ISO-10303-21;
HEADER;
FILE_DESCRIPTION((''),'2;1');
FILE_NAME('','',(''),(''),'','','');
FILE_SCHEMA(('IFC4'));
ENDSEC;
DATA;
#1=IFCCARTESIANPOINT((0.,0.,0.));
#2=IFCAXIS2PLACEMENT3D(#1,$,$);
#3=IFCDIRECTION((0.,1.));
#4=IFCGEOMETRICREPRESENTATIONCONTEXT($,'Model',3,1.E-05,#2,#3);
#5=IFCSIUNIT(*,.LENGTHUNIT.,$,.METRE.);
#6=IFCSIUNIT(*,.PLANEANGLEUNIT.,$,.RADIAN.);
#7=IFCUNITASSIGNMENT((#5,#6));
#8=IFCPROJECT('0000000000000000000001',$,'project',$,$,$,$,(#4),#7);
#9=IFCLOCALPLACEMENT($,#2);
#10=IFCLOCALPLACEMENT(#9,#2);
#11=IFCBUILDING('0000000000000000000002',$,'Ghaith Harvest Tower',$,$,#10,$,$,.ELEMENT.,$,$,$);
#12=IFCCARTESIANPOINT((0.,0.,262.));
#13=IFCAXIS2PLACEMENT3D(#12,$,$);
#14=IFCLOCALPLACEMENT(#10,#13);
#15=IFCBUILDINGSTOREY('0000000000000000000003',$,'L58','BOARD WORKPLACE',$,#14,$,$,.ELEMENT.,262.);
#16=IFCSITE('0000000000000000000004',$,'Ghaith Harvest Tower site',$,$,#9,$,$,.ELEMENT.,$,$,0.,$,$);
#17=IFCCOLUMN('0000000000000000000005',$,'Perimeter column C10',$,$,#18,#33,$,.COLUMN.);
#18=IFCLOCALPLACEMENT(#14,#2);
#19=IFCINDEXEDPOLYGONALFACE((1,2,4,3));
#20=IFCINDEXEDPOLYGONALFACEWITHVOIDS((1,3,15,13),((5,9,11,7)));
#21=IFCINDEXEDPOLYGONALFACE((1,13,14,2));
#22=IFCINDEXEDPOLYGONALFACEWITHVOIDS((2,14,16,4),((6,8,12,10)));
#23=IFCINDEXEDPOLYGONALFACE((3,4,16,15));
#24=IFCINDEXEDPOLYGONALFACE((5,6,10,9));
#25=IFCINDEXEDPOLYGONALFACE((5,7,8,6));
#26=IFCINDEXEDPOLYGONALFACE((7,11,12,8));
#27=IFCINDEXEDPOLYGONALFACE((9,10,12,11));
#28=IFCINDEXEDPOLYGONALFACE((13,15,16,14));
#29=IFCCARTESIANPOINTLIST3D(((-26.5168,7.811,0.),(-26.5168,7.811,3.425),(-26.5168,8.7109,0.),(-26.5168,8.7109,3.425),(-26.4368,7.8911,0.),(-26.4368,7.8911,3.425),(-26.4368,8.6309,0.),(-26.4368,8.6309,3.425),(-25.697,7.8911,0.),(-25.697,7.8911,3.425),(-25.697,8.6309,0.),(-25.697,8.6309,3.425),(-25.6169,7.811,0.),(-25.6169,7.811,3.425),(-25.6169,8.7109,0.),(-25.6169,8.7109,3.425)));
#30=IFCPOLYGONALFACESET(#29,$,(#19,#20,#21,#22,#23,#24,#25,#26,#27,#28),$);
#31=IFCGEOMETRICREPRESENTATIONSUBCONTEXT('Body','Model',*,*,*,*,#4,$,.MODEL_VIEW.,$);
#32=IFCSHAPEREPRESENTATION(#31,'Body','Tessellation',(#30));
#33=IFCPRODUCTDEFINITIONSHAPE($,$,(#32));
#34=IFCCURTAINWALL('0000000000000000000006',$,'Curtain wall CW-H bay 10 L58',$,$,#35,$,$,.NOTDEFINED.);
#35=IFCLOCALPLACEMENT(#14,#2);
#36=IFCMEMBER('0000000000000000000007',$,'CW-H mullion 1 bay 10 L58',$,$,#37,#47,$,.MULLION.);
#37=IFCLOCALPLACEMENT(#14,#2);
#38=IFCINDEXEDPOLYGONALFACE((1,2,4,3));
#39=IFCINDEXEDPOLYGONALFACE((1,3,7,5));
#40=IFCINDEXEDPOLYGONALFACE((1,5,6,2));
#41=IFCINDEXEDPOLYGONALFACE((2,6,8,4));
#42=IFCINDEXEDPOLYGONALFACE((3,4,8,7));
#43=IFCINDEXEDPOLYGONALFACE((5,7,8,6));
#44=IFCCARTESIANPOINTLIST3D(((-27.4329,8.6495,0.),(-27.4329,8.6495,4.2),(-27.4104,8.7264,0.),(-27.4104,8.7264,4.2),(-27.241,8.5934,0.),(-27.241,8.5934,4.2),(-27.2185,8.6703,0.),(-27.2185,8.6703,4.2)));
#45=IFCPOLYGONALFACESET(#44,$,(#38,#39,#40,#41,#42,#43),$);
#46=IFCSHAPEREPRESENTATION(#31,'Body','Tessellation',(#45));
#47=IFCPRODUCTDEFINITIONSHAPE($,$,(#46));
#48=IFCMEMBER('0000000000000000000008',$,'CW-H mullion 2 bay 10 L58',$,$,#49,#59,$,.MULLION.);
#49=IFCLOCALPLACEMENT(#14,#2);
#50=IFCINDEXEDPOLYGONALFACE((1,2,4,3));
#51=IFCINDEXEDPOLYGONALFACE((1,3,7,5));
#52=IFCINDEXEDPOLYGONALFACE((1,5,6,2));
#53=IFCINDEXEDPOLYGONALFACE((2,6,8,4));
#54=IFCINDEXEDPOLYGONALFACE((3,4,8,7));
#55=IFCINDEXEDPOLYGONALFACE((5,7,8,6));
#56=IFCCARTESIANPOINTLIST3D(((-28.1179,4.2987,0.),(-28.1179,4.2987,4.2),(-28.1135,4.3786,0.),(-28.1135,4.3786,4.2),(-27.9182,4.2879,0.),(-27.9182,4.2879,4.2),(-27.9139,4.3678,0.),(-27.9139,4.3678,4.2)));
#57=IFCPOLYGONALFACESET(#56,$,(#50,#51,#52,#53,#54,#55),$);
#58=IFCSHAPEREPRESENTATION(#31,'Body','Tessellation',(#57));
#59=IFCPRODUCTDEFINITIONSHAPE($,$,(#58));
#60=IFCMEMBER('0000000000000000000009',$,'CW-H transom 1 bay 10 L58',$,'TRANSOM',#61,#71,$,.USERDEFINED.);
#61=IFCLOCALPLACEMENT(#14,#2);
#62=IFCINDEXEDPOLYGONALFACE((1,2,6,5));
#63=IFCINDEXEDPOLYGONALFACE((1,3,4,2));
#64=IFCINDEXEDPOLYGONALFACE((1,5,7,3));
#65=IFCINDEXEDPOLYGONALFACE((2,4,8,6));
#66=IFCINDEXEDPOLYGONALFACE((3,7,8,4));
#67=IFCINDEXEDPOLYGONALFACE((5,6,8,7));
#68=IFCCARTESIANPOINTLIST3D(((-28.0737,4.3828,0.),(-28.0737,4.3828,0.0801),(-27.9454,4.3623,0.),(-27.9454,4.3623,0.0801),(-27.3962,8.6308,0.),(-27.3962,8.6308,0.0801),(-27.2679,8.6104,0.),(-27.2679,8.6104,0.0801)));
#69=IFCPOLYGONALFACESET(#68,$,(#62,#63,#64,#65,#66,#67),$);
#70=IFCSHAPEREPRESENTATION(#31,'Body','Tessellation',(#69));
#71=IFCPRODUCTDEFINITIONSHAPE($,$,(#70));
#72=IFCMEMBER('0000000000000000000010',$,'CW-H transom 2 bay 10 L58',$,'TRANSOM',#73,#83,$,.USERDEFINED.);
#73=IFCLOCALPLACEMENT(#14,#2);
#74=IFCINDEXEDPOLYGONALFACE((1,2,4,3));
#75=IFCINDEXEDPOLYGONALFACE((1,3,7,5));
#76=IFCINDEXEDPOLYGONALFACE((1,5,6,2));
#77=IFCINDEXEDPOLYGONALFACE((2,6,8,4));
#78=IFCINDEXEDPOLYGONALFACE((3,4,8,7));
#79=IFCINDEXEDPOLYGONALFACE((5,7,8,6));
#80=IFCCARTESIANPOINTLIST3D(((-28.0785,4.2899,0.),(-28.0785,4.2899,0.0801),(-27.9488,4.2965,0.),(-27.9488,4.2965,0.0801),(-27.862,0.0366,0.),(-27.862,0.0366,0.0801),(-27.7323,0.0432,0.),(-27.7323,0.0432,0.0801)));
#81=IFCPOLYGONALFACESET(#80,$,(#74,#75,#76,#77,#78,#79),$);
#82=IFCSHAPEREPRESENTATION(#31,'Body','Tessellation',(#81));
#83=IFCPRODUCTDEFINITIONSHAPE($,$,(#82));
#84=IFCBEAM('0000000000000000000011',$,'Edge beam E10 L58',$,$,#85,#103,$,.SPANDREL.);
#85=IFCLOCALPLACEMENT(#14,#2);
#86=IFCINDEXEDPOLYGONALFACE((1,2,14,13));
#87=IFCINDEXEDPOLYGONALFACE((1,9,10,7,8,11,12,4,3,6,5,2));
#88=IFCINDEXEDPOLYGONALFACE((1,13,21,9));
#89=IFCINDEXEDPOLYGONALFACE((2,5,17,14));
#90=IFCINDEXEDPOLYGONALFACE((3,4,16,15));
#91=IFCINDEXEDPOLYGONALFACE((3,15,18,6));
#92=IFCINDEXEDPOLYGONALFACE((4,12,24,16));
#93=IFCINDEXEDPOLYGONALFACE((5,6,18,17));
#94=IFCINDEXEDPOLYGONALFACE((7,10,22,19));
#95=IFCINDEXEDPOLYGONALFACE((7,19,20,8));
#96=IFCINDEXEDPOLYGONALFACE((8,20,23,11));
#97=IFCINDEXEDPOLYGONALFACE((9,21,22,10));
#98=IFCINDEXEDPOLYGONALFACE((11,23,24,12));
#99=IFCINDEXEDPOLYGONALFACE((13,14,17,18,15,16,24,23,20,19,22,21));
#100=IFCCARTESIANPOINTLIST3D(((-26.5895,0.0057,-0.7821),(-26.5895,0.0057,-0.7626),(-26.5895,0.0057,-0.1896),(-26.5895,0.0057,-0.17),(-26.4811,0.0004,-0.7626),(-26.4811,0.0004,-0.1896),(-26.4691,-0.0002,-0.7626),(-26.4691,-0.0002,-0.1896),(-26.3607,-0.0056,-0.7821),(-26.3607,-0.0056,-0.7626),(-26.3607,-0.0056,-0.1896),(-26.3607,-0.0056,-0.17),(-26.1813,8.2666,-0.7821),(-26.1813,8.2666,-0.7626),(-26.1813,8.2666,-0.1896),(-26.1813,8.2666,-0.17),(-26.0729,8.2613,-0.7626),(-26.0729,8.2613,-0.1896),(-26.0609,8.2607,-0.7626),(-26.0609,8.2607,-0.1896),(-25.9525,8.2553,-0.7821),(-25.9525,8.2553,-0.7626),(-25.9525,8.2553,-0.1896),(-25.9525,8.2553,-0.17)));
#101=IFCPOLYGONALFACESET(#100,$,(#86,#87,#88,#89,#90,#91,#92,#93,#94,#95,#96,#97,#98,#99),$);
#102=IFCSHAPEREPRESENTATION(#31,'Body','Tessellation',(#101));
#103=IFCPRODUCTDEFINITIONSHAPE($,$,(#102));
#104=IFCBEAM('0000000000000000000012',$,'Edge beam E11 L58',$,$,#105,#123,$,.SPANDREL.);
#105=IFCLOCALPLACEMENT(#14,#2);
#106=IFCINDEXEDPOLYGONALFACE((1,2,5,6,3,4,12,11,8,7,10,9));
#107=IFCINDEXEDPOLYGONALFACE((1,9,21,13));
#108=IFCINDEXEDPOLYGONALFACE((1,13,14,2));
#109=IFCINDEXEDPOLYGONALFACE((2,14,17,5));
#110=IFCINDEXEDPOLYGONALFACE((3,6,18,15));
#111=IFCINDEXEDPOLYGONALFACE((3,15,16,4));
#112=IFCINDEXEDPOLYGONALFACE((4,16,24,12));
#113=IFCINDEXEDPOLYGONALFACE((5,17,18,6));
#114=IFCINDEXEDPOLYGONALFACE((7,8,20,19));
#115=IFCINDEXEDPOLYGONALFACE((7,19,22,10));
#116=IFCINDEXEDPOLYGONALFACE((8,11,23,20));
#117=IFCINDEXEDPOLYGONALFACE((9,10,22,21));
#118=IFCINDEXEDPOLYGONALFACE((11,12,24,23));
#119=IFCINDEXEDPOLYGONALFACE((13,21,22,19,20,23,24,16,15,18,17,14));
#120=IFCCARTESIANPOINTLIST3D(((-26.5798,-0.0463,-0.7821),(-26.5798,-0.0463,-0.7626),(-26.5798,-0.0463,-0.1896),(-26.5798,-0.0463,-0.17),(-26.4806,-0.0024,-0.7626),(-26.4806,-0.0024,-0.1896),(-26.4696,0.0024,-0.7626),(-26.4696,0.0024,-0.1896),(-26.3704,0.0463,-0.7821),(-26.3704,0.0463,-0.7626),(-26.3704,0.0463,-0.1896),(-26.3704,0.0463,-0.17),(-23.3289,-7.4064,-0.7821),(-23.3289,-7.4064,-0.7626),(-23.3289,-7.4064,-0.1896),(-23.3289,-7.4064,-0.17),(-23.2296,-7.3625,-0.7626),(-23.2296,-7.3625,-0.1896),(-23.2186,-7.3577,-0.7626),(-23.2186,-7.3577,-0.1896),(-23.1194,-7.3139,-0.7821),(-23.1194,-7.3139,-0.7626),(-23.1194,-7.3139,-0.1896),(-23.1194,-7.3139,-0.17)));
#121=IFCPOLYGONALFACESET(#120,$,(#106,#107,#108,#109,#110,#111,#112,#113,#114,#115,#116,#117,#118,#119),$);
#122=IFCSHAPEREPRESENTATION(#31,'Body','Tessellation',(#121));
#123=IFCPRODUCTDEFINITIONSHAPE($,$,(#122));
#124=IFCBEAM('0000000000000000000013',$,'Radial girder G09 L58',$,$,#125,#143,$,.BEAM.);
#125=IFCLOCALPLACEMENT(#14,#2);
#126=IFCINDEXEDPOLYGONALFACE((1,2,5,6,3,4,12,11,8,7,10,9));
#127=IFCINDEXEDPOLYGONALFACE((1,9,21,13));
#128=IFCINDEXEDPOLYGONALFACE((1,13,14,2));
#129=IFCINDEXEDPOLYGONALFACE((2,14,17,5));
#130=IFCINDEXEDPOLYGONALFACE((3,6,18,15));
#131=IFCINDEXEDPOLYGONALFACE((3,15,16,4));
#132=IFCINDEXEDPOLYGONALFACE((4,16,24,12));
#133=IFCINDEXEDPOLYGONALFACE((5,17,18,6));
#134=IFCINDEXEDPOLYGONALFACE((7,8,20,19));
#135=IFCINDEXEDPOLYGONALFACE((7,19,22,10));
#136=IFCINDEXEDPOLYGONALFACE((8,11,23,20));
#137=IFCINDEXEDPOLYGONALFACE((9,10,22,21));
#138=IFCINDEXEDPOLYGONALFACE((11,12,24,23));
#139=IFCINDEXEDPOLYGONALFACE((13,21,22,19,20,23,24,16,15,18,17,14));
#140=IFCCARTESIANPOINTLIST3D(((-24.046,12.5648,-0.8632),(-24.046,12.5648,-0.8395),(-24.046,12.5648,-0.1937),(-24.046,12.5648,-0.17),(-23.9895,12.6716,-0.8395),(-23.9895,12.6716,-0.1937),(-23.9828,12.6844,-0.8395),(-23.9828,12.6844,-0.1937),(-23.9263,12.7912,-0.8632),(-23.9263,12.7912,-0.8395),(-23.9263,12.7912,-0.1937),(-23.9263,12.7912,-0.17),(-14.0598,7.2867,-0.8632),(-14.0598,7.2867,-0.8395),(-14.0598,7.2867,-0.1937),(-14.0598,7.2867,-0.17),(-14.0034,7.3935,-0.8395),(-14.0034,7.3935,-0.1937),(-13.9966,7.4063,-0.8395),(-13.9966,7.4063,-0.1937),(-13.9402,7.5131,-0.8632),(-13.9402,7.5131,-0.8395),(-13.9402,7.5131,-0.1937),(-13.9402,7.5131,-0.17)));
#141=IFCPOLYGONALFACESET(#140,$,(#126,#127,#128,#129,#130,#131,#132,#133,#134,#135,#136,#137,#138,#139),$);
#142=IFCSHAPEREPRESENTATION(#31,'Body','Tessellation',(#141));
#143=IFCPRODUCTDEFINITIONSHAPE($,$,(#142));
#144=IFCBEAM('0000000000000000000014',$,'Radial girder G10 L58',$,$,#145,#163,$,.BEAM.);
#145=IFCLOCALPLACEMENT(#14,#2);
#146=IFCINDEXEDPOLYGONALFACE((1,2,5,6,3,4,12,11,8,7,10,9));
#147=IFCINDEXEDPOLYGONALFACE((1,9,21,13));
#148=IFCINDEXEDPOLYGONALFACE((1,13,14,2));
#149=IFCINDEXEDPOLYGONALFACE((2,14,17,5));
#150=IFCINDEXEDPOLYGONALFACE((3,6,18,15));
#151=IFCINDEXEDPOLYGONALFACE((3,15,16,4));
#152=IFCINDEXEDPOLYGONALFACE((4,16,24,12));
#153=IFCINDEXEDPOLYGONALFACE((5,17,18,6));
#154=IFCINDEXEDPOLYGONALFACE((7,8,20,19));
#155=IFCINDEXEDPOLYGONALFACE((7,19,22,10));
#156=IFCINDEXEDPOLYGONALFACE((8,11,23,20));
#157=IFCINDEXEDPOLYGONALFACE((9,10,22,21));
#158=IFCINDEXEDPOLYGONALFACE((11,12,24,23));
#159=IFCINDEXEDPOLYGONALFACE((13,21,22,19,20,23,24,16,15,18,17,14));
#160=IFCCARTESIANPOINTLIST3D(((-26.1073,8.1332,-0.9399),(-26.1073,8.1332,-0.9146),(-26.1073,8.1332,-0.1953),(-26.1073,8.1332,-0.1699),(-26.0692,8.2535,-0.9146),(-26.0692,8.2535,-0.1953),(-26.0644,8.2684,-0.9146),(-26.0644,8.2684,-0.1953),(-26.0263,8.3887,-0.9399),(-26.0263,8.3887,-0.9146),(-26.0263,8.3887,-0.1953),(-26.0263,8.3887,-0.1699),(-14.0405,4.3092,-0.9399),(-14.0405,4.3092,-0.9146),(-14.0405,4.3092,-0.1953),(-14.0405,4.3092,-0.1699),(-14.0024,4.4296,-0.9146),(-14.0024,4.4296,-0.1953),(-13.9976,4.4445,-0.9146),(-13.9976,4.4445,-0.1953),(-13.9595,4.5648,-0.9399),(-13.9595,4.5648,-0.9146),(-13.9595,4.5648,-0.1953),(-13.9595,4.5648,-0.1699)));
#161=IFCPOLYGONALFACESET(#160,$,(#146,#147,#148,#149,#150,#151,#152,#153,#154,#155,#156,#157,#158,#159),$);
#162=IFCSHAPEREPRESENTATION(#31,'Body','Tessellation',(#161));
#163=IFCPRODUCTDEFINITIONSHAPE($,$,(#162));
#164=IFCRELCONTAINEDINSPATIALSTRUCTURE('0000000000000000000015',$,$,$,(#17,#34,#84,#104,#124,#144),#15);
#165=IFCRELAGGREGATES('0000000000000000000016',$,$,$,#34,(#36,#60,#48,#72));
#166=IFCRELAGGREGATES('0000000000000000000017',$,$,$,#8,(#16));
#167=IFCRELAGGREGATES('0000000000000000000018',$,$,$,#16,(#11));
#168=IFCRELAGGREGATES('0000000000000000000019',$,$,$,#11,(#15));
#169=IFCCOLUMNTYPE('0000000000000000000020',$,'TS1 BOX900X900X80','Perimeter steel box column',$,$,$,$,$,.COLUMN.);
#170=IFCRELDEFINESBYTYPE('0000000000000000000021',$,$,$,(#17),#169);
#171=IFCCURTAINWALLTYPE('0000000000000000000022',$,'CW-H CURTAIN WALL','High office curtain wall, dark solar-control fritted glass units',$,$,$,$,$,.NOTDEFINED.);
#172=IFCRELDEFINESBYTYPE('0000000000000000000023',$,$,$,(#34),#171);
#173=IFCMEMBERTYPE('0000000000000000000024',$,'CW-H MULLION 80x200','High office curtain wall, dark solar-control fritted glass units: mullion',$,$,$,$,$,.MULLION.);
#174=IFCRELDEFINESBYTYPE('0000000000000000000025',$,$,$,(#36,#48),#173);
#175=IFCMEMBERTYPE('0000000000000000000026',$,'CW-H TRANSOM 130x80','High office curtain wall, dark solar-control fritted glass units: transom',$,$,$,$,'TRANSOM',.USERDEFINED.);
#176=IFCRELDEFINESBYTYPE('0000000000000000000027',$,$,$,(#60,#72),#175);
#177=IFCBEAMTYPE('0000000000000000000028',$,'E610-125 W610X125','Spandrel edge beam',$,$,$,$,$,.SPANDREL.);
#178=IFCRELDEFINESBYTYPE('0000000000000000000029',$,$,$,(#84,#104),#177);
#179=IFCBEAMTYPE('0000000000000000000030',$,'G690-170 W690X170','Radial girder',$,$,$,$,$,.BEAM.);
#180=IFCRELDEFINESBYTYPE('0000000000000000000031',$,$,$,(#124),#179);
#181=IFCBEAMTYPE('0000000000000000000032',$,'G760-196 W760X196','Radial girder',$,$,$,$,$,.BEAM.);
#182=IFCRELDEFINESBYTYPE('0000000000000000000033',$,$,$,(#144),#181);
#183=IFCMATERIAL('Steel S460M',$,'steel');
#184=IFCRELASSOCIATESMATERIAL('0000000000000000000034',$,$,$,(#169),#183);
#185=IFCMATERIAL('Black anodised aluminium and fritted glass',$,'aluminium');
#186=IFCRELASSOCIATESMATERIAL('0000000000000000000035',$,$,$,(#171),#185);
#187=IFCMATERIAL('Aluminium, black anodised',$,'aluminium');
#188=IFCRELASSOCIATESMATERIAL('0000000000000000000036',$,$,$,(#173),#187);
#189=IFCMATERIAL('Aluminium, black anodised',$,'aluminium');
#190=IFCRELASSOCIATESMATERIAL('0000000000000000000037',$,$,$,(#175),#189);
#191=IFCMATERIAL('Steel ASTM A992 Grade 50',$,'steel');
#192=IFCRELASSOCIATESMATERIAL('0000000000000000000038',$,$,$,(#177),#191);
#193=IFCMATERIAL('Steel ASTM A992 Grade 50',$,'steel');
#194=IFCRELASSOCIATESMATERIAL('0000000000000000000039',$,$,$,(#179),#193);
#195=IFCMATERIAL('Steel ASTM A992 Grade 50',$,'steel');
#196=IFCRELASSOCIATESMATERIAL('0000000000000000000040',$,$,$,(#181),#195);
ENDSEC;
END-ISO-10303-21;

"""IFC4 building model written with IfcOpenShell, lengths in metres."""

from ifc_helpers import new_model, si_unit, direction, frame, origin, origin_2d, place, context, subcontext, project, spatial, rectangle, hollow_rectangle, i_section, extrude, material, material_profile, profile_set, type_object, element, aggregate, save


model = new_model("IFC4")

# Units and contexts
model_context = context("Model", 3, precision=1e-05, world=origin(), true_north=direction((0.0, 1.0)))
body_context = subcontext(model_context, "Body", "Model", "MODEL_VIEW")
ifc_project = project(units=[si_unit("LENGTHUNIT", "METRE"), si_unit("PLANEANGLEUNIT", "RADIAN")], contexts=[model_context])

# Site, building, storey
site_placement = place(None, origin())
site = spatial("IfcSite", under=ifc_project, at=site_placement, Name="Ghaith Harvest Tower site", CompositionType="ELEMENT", RefElevation=0.0)
building_placement = place(site_placement, origin())
building = spatial("IfcBuilding", under=site, at=building_placement, Name="Ghaith Harvest Tower", CompositionType="ELEMENT")
storey_placement = place(building_placement, frame((0.0, 0.0, 262.0)))
storey = spatial("IfcBuildingStorey", under=building, at=storey_placement, Name="L58", Description="BOARD WORKPLACE", CompositionType="ELEMENT", Elevation=262.0)

# Column
ifc_material_1 = material(Name="Steel S460M", Category="steel")
ifc_material_profile_1 = material_profile(ifc_material_1, hollow_rectangle(XDim=0.8999, YDim=0.8999, WallThickness=0.0801, at=origin_2d()), Name="BOX900X900X80")
ifc_profile_set_1 = profile_set([ifc_material_profile_1], Name="Steel S460M")
column_type = type_object("IfcColumnType", Name="TS1 BOX900X900X80", Description="Perimeter steel box column", PredefinedType="COLUMN", material=ifc_profile_set_1)
column_placement = place(storey_placement, frame((-26.0669, 8.261, 0.0), z_axis=(0.0, 0.0, 1.0), x_axis=(1.0, 0.0, 0.0)))
element("IfcColumn", 1, at=column_placement, inside=storey, type_object=column_type, Name="Perimeter column C10", PredefinedType="COLUMN", context=body_context, shape_type="SweptSolid", body=[
    extrude(hollow_rectangle(XDim=0.8999, YDim=0.8999, WallThickness=0.0801, at=origin_2d()), origin(), (0.0, 0.0, 1.0), 3.425),
])

# Curtain wall, members
ifc_material_2 = material(Name="Black anodised aluminium and fritted glass", Category="aluminium")
curtain_wall_type = type_object("IfcCurtainWallType", Name="CW-H CURTAIN WALL", Description="High office curtain wall, dark solar-control fritted glass units", PredefinedType="NOTDEFINED", material=ifc_material_2)
curtain_wall_placement = place(storey_placement, origin())
curtain_wall = element("IfcCurtainWall", 2, at=curtain_wall_placement, inside=storey, type_object=curtain_wall_type, Name="Curtain wall CW-H bay 10 L58", PredefinedType="NOTDEFINED")
ifc_material_3 = material(Name="Aluminium, black anodised", Category="aluminium")
ifc_material_profile_2 = material_profile(ifc_material_3, rectangle(XDim=0.0801, YDim=0.2, at=origin_2d()), Name="CW-H MULLION 80x200")
ifc_profile_set_2 = profile_set([ifc_material_profile_2], Name="Aluminium, black anodised")
member_type_1 = type_object("IfcMemberType", Name="CW-H MULLION 80x200", Description="High office curtain wall, dark solar-control fritted glass units: mullion", PredefinedType="MULLION", material=ifc_profile_set_2)
member_1_placement = place(storey_placement, frame((-27.3257, 8.6599, 0.0), z_axis=(0.0, 0.0, 1.0), x_axis=(-0.28052, -0.959848, 0.0)))
member_1 = element("IfcMember", 3, at=member_1_placement, type_object=member_type_1, Name="CW-H mullion 1 bay 10 L58", PredefinedType="MULLION", context=body_context, shape_type="SweptSolid", body=[
    extrude(rectangle(XDim=0.0801, YDim=0.2, at=origin_2d()), origin(), (0.0, 0.0, 1.0), 4.2),
])
member_2_placement = place(storey_placement, frame((-28.0159, 4.3333, 0.0), z_axis=(0.0, 0.0, 1.0), x_axis=(-0.054116, -0.998535, 0.0)))
member_2 = element("IfcMember", 4, at=member_2_placement, type_object=member_type_1, Name="CW-H mullion 2 bay 10 L58", PredefinedType="MULLION", context=body_context, shape_type="SweptSolid", body=[
    extrude(rectangle(XDim=0.0801, YDim=0.2, at=origin_2d()), origin(), (0.0, 0.0, 1.0), 4.2),
])
ifc_material_4 = material(Name="Aluminium, black anodised", Category="aluminium")
ifc_material_profile_3 = material_profile(ifc_material_4, rectangle(XDim=0.1299, YDim=0.0801, at=origin_2d()), Name="CW-H TRANSOM 130x80")
ifc_profile_set_3 = profile_set([ifc_material_profile_3], Name="Aluminium, black anodised")
member_type_2 = type_object("IfcMemberType", Name="CW-H TRANSOM 130x80", Description="High office curtain wall, dark solar-control fritted glass units: transom", ElementType="TRANSOM", PredefinedType="USERDEFINED", material=ifc_profile_set_3)
member_3_placement = place(storey_placement, frame((-27.332, 8.6206, 0.04), z_axis=(-0.157492, -0.98752, 0.0), x_axis=(0.98752, -0.157492, 0.0)))
member_3 = element("IfcMember", 5, at=member_3_placement, type_object=member_type_2, Name="CW-H transom 1 bay 10 L58", ObjectType="TRANSOM", PredefinedType="USERDEFINED", context=body_context, shape_type="SweptSolid", body=[
    extrude(rectangle(XDim=0.1299, YDim=0.0801, at=origin_2d()), origin(), (0.0, 0.0, 1.0), 4.3018),
])
member_4_placement = place(storey_placement, frame((-28.0137, 4.2932, 0.04), z_axis=(0.05085, -0.998706, 0.0), x_axis=(0.998706, 0.05085, 0.0)))
member_4 = element("IfcMember", 6, at=member_4_placement, type_object=member_type_2, Name="CW-H transom 2 bay 10 L58", ObjectType="TRANSOM", PredefinedType="USERDEFINED", context=body_context, shape_type="SweptSolid", body=[
    extrude(rectangle(XDim=0.1299, YDim=0.0801, at=origin_2d()), origin(), (0.0, 0.0, 1.0), 4.2588),
])

# Beams
ifc_material_5 = material(Name="Steel ASTM A992 Grade 50", Category="steel")
ifc_material_profile_4 = material_profile(ifc_material_5, i_section(OverallWidth=0.229, OverallDepth=0.6121, WebThickness=0.012, FlangeThickness=0.0195, at=origin_2d()), Name="W610X125")
ifc_profile_set_4 = profile_set([ifc_material_profile_4], Name="Steel ASTM A992 Grade 50")
beam_type_1 = type_object("IfcBeamType", Name="E610-125 W610X125", Description="Spandrel edge beam", PredefinedType="SPANDREL", material=ifc_profile_set_4)
beam_1_placement = place(storey_placement, frame((-26.0669, 8.261, -0.4761), z_axis=(-0.049353, -0.998781, 0.0), x_axis=(0.998781, -0.049353, 0.0)))
element("IfcBeam", 7, at=beam_1_placement, inside=storey, type_object=beam_type_1, Name="Edge beam E10 L58", PredefinedType="SPANDREL", context=body_context, shape_type="SweptSolid", body=[
    extrude(i_section(OverallWidth=0.229, OverallDepth=0.6121, WebThickness=0.012, FlangeThickness=0.0195, at=origin_2d()), origin(), (0.0, 0.0, 1.0), 8.271),
])
beam_2_placement = place(storey_placement, frame((-26.4751, 0.0, -0.4761), z_axis=(0.404043, -0.91474, 0.0), x_axis=(0.91474, 0.404043, 0.0)))
element("IfcBeam", 8, at=beam_2_placement, inside=storey, type_object=beam_type_1, Name="Edge beam E11 L58", PredefinedType="SPANDREL", context=body_context, shape_type="SweptSolid", body=[
    extrude(i_section(OverallWidth=0.229, OverallDepth=0.6121, WebThickness=0.012, FlangeThickness=0.0195, at=origin_2d()), origin(), (0.0, 0.0, 1.0), 8.0461),
])
ifc_material_6 = material(Name="Steel ASTM A992 Grade 50", Category="steel")
ifc_material_profile_5 = material_profile(ifc_material_6, i_section(OverallWidth=0.2561, OverallDepth=0.6931, WebThickness=0.0144, FlangeThickness=0.0237, at=origin_2d()), Name="W690X170")
ifc_profile_set_5 = profile_set([ifc_material_profile_5], Name="Steel ASTM A992 Grade 50")
beam_type_2 = type_object("IfcBeamType", Name="G690-170 W690X170", Description="Radial girder", PredefinedType="BEAM", material=ifc_profile_set_5)
beam_3_placement = place(storey_placement, frame((-14.0, 7.3999, -0.5166), z_axis=(-0.884105, 0.467288, 0.0), x_axis=(-0.467288, -0.884105, 0.0)))
element("IfcBeam", 9, at=beam_3_placement, inside=storey, type_object=beam_type_2, Name="Radial girder G09 L58", PredefinedType="BEAM", context=body_context, shape_type="SweptSolid", body=[
    extrude(i_section(OverallWidth=0.2561, OverallDepth=0.6931, WebThickness=0.0144, FlangeThickness=0.0237, at=origin_2d()), origin(), (0.0, 0.0, 1.0), 11.2952),
])
ifc_material_7 = material(Name="Steel ASTM A992 Grade 50", Category="steel")
ifc_material_profile_6 = material_profile(ifc_material_7, i_section(OverallWidth=0.2681, OverallDepth=0.77, WebThickness=0.0156, FlangeThickness=0.0254, at=origin_2d()), Name="W760X196")
ifc_profile_set_6 = profile_set([ifc_material_profile_6], Name="Steel ASTM A992 Grade 50")
beam_type_3 = type_object("IfcBeamType", Name="G760-196 W760X196", Description="Radial girder", PredefinedType="BEAM", material=ifc_profile_set_6)
beam_4_placement = place(storey_placement, frame((-14.0, 4.437, -0.5549), z_axis=(-0.953279, 0.302092, 0.0), x_axis=(-0.302092, -0.953279, 0.0)))
element("IfcBeam", 10, at=beam_4_placement, inside=storey, type_object=beam_type_3, Name="Radial girder G10 L58", PredefinedType="BEAM", context=body_context, shape_type="SweptSolid", body=[
    extrude(i_section(OverallWidth=0.2681, OverallDepth=0.77, WebThickness=0.0156, FlangeThickness=0.0254, at=origin_2d()), origin(), (0.0, 0.0, 1.0), 12.6582),
])

aggregate(curtain_wall, [member_1, member_3, member_2, member_4])

save(model, "model.ifc")
